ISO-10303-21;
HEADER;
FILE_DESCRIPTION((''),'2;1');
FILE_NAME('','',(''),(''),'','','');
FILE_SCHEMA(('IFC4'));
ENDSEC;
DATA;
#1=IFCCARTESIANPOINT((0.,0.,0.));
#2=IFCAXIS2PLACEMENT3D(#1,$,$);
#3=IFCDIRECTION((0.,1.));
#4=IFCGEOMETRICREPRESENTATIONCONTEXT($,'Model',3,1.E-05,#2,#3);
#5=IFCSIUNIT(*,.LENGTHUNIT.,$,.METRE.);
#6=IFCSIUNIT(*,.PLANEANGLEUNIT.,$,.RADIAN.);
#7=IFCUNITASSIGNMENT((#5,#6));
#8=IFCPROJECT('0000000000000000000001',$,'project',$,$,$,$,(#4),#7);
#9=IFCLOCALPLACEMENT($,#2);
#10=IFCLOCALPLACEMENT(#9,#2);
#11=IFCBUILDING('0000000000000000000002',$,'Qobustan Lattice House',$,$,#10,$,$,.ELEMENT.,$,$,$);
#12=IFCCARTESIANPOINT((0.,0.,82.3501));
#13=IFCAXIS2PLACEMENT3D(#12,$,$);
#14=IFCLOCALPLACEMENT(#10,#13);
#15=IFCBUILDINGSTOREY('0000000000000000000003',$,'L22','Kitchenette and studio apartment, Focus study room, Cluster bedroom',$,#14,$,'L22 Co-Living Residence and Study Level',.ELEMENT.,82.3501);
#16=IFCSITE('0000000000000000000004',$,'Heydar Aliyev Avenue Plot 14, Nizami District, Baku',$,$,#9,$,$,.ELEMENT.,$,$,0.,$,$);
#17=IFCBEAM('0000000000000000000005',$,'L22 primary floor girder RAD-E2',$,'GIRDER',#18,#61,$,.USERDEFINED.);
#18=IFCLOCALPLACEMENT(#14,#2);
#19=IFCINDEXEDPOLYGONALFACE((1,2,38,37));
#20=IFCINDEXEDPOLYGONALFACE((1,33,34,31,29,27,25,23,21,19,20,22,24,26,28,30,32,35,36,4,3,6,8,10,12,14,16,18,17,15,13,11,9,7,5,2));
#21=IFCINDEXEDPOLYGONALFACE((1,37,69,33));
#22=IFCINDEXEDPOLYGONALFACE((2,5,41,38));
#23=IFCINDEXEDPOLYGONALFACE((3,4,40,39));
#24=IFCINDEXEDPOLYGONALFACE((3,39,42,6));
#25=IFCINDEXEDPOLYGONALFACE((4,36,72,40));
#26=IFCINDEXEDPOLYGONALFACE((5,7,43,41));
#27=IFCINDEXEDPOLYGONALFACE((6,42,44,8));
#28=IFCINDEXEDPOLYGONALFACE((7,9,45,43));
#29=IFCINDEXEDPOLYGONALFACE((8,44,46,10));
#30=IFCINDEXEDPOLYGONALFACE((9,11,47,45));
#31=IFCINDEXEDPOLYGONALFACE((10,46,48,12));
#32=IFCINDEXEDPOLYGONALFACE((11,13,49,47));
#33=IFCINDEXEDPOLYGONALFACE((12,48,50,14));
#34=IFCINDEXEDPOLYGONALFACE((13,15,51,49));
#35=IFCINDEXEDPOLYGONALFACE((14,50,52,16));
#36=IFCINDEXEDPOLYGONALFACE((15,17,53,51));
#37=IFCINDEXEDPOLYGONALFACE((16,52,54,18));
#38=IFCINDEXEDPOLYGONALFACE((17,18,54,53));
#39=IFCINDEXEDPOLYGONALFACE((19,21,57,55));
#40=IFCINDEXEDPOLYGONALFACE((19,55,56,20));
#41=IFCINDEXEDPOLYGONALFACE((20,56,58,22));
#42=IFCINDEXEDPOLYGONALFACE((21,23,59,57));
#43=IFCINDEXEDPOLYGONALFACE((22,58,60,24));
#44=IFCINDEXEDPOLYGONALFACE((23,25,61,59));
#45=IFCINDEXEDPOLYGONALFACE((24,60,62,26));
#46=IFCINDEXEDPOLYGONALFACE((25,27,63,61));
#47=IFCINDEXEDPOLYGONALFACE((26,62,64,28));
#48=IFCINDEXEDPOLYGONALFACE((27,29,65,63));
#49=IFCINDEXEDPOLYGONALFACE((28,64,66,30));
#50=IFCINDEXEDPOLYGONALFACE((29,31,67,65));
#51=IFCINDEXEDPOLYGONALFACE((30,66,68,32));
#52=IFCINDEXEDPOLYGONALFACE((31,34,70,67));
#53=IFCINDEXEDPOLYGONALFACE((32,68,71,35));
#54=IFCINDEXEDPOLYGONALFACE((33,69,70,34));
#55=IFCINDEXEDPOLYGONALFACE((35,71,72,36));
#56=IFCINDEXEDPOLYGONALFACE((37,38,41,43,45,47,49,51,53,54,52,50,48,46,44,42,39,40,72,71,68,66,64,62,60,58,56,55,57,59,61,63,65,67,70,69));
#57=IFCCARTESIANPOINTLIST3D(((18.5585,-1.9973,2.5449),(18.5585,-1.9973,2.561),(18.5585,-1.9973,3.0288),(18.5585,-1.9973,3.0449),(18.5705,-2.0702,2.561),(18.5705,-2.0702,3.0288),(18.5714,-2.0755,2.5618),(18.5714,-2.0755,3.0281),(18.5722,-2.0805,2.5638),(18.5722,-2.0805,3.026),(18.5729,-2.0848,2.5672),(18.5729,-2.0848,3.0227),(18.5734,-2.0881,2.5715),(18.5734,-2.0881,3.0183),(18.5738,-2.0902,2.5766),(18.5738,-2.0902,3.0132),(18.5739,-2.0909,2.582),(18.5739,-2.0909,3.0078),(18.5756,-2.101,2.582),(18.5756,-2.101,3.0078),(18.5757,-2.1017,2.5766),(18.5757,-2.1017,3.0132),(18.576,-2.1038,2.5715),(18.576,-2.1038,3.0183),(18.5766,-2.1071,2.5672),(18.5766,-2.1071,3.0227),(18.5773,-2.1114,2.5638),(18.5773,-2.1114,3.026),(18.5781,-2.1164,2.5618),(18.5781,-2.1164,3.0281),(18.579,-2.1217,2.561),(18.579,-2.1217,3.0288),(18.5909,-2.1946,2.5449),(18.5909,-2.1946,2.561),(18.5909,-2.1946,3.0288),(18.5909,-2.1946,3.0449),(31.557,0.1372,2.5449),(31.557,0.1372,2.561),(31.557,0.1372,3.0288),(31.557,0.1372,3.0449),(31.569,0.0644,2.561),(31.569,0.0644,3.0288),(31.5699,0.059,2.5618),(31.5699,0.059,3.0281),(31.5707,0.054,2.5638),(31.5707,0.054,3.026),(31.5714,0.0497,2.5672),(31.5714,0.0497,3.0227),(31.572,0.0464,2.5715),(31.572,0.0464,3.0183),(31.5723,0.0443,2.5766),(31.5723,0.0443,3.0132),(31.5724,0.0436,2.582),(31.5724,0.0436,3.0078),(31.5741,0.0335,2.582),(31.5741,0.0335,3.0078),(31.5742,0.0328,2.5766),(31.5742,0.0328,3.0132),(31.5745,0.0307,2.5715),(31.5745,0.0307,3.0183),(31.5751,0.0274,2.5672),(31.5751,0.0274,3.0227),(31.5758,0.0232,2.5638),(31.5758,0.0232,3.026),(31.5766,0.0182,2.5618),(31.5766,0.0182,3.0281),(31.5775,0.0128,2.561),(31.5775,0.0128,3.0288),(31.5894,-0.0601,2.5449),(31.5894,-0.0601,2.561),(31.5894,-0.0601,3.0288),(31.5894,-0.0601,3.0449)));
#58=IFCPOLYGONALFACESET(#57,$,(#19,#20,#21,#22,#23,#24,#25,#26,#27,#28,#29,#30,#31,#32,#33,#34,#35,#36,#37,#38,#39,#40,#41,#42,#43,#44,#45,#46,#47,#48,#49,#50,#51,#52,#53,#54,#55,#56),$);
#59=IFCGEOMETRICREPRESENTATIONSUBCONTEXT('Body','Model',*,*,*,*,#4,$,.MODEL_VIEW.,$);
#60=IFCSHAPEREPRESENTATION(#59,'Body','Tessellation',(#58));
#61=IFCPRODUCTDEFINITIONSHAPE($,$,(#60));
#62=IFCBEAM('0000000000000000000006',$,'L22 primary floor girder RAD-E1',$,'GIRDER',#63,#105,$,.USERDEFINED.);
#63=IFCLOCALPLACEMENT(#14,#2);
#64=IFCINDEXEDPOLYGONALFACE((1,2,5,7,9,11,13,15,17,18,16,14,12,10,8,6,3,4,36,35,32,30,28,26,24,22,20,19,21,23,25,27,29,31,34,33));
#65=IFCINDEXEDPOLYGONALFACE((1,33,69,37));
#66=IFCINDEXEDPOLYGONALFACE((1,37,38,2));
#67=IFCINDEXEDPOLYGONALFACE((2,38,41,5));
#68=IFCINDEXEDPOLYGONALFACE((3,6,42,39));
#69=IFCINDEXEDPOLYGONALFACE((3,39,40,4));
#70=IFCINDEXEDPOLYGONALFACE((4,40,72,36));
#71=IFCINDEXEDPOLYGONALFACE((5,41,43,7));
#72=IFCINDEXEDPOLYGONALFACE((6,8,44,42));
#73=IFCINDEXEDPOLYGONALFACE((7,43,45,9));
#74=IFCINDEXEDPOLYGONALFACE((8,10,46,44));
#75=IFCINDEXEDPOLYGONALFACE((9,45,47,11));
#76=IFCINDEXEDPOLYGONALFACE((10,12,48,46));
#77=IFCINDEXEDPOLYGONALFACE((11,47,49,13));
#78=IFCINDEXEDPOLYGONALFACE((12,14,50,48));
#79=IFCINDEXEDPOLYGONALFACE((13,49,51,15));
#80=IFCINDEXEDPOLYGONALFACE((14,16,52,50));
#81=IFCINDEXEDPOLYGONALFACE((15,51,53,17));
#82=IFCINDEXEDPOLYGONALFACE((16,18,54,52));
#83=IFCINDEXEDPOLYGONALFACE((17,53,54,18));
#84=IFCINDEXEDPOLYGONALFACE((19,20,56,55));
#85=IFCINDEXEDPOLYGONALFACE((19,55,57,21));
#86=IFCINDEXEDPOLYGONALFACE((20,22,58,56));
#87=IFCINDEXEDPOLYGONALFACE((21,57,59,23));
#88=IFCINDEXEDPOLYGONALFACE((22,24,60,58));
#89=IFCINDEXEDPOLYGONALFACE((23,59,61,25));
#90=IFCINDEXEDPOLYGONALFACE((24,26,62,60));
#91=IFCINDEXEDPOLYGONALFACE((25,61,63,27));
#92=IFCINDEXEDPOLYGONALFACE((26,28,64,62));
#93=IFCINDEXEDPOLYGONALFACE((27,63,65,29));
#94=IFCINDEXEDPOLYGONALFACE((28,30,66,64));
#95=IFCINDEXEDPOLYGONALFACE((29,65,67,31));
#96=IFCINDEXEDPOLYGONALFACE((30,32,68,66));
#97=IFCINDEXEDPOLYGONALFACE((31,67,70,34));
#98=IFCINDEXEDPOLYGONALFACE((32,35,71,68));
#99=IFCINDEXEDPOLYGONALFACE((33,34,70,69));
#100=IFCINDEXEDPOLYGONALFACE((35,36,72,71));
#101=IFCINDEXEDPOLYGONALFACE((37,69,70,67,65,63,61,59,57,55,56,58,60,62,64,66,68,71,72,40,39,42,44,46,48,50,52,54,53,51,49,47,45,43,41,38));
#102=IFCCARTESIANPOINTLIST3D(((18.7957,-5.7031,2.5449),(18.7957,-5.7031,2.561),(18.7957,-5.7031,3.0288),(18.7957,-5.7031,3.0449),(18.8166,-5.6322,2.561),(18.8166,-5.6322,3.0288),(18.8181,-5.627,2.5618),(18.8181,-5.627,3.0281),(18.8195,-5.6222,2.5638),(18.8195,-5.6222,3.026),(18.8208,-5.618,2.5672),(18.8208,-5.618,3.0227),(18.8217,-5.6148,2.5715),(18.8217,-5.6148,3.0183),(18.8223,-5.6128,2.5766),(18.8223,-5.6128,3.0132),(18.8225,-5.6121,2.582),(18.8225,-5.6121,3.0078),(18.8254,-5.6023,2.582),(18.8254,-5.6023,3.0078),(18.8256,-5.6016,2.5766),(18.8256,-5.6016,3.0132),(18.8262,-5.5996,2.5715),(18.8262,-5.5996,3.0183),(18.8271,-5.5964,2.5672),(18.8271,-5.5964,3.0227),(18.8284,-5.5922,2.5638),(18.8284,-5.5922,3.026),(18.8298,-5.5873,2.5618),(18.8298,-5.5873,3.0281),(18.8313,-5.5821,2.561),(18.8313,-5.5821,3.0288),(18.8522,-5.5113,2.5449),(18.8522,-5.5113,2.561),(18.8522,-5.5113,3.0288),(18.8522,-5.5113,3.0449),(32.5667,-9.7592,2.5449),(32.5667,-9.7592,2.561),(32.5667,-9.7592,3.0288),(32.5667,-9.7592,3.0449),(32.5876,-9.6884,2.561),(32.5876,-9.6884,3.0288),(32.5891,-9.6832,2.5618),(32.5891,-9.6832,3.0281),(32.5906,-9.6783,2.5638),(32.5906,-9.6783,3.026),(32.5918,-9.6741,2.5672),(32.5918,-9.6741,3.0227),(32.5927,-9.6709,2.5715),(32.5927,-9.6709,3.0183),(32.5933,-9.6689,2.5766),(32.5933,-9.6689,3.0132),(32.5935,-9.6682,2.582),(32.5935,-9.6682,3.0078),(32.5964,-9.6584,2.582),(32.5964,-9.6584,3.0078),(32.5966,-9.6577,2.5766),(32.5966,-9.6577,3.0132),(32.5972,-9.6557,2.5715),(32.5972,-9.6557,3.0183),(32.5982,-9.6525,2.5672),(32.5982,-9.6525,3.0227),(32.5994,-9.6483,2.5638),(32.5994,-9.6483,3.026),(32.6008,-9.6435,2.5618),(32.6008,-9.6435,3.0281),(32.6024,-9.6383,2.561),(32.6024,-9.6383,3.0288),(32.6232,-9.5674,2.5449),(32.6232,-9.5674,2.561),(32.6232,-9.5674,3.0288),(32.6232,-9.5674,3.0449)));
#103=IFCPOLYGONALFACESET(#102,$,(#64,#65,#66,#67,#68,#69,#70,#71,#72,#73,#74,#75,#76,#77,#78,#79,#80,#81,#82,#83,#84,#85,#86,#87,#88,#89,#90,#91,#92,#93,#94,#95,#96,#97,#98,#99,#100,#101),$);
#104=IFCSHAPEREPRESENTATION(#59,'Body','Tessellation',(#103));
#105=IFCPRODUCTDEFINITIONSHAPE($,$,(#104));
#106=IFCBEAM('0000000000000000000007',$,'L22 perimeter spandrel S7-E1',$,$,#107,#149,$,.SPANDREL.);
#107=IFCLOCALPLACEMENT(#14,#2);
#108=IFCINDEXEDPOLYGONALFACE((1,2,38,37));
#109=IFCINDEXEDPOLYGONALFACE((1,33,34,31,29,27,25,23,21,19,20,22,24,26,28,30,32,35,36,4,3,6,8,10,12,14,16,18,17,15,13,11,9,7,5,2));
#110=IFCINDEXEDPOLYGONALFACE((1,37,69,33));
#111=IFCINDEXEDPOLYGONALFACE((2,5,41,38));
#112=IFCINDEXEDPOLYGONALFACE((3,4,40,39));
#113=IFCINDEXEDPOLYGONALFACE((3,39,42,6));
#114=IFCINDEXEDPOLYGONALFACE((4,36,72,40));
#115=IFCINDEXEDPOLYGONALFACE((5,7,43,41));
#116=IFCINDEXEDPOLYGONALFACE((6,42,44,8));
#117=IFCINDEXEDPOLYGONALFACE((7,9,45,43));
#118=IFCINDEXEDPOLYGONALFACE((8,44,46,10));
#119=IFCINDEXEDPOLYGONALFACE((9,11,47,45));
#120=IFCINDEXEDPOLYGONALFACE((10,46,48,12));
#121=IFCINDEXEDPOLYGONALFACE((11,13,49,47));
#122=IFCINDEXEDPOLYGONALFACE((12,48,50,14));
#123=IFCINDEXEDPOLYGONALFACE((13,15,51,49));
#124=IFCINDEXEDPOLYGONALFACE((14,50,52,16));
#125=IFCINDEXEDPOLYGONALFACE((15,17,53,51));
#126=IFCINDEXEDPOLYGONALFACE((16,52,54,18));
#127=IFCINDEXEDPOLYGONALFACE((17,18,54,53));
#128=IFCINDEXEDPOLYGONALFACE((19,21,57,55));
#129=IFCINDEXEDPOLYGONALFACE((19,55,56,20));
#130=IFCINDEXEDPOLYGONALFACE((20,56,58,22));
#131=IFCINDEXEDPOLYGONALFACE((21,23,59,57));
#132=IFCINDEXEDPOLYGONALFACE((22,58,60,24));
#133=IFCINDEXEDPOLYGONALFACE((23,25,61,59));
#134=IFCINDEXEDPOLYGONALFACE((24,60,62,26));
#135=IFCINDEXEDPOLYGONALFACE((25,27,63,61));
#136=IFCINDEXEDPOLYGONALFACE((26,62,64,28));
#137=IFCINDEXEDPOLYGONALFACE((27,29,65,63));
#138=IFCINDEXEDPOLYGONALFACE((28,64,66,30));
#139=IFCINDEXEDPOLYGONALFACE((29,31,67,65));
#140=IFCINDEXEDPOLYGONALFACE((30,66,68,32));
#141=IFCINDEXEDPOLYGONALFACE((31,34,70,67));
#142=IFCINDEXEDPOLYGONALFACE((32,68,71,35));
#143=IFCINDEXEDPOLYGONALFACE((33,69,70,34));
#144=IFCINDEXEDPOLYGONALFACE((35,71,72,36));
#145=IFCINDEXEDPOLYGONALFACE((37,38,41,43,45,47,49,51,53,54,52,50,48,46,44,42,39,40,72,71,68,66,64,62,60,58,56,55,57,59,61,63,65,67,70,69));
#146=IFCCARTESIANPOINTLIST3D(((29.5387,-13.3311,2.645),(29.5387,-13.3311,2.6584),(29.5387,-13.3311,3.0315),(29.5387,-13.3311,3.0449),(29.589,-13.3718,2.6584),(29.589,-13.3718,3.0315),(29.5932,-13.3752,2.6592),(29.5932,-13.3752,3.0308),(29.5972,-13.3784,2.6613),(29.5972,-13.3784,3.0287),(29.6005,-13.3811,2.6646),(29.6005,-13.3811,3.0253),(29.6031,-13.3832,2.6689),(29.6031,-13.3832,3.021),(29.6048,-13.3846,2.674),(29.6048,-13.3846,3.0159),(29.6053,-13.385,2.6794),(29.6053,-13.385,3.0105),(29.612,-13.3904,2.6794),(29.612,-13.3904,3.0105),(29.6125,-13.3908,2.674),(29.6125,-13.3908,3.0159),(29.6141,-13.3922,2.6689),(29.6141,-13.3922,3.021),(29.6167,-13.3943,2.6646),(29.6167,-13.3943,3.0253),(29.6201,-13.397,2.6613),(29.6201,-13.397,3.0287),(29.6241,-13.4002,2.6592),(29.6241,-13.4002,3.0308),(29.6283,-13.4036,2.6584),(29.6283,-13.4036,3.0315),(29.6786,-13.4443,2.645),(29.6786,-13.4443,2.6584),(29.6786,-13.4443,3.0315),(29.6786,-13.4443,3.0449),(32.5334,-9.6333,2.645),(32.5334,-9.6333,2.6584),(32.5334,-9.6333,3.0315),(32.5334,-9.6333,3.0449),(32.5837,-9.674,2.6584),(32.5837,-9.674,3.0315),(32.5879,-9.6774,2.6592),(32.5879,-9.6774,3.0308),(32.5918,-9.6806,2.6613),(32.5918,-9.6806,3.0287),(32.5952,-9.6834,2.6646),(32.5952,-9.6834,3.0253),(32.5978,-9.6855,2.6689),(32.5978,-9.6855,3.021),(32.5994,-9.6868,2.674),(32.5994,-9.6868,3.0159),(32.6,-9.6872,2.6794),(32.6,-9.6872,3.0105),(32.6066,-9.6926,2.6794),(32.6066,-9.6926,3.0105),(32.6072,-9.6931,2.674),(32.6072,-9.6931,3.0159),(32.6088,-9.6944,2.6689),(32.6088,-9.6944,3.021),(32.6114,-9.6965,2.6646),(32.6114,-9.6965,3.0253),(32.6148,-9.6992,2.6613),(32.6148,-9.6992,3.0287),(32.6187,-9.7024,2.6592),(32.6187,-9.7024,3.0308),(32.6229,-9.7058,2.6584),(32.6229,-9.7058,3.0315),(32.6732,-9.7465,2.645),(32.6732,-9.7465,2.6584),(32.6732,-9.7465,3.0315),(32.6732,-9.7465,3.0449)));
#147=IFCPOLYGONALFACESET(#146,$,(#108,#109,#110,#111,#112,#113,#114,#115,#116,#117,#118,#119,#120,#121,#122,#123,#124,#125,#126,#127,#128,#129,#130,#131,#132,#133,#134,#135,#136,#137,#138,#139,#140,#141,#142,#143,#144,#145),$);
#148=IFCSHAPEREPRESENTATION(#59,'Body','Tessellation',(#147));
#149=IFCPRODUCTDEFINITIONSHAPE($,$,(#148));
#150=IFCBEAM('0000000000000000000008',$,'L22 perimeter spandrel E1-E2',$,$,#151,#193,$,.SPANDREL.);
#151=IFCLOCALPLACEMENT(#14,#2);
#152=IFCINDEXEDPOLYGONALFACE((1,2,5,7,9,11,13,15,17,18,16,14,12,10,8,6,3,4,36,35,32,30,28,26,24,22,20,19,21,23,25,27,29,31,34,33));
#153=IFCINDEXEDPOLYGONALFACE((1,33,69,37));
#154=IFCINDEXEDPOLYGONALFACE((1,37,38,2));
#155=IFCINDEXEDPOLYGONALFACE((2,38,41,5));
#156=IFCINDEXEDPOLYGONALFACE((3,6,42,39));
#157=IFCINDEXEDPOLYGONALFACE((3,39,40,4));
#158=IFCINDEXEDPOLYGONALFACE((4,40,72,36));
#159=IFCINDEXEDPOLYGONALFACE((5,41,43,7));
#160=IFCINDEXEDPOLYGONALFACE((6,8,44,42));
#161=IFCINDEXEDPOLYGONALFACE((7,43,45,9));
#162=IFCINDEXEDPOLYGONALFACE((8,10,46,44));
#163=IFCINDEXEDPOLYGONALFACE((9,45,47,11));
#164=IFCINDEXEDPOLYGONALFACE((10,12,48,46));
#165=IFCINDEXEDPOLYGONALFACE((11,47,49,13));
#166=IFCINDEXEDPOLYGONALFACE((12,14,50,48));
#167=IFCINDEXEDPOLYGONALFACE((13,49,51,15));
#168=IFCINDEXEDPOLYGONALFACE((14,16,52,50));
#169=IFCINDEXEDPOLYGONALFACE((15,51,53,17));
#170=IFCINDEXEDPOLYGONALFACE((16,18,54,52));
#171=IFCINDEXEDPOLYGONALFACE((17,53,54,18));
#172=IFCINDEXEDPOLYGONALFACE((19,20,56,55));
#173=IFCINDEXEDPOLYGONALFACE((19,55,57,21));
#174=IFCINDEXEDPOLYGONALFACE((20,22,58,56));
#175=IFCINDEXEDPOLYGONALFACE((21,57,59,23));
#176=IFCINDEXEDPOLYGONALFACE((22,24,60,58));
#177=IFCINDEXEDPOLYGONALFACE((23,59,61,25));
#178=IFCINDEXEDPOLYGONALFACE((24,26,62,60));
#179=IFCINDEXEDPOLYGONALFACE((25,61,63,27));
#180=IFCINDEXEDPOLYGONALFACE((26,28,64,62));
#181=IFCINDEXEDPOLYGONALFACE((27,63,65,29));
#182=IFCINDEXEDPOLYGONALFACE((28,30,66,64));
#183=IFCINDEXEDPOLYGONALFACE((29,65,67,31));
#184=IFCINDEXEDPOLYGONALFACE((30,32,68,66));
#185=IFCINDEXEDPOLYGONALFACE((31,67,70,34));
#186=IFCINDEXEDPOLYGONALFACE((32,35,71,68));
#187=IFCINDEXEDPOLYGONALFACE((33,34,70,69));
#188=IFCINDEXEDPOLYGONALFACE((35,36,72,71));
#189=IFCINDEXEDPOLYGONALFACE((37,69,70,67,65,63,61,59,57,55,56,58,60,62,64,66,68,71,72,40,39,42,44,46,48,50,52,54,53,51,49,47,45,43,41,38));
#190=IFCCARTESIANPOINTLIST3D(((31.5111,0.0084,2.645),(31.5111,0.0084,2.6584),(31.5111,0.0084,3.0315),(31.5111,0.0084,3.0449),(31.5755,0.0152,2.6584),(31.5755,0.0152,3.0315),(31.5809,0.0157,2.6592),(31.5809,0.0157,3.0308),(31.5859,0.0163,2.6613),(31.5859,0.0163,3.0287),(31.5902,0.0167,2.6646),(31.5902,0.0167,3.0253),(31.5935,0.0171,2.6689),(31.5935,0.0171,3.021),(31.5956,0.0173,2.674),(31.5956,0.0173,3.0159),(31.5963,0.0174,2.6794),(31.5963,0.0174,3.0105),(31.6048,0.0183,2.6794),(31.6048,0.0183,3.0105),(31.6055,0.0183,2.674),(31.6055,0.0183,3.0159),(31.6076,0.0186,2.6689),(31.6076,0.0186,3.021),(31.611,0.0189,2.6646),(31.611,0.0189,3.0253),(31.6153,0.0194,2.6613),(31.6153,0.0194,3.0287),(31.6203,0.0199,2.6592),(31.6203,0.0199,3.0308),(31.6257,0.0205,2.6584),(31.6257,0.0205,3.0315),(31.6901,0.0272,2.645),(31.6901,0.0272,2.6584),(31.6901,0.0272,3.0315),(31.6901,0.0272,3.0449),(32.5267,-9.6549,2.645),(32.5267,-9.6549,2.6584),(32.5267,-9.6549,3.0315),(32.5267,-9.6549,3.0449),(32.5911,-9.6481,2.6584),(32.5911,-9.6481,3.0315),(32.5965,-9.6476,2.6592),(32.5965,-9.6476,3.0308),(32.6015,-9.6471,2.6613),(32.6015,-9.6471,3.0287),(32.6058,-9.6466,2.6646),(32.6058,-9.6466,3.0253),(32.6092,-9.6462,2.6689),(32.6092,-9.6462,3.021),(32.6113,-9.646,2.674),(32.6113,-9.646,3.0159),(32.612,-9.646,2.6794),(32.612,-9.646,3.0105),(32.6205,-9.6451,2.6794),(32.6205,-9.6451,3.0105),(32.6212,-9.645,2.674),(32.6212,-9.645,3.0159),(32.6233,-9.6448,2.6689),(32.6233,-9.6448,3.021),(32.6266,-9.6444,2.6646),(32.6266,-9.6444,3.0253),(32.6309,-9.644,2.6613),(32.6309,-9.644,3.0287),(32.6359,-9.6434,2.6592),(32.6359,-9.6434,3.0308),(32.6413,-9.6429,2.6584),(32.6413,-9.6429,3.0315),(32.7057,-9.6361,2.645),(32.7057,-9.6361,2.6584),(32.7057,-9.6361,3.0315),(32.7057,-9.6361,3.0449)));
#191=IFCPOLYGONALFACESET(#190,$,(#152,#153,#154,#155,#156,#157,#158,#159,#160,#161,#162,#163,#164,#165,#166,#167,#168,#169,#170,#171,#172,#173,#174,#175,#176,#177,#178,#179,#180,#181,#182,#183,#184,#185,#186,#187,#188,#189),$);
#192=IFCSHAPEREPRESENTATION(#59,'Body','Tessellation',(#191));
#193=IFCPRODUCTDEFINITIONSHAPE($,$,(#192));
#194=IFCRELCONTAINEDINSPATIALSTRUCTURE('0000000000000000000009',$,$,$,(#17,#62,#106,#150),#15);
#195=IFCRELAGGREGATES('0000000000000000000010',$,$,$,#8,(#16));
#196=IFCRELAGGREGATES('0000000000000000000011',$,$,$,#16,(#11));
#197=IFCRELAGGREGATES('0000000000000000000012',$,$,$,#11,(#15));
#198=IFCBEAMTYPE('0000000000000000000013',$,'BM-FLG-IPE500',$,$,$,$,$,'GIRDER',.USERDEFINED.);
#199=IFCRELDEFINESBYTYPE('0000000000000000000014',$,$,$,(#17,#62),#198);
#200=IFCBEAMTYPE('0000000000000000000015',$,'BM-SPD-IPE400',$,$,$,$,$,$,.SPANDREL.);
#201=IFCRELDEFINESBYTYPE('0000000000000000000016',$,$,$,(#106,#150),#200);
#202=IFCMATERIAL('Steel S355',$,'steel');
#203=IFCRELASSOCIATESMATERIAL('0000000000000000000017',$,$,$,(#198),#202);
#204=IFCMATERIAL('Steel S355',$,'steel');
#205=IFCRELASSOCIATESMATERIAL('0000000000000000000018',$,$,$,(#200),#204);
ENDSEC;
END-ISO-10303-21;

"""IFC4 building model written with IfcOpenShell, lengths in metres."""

from ifc_helpers import new_model, si_unit, direction, frame, origin, origin_2d, place, context, subcontext, project, spatial, i_section, extrude, material, material_profile, profile_set, type_object, element, save


model = new_model("IFC4")

# Units and contexts
model_context = context("Model", 3, precision=1e-05, world=origin(), true_north=direction((0.0, 1.0)))
body_context = subcontext(model_context, "Body", "Model", "MODEL_VIEW")
ifc_project = project(units=[si_unit("LENGTHUNIT", "METRE"), si_unit("PLANEANGLEUNIT", "RADIAN")], contexts=[model_context])

# Site, building, storey
site_placement = place(None, origin())
site = spatial("IfcSite", under=ifc_project, at=site_placement, Name="Heydar Aliyev Avenue Plot 14, Nizami District, Baku", CompositionType="ELEMENT", RefElevation=0.0)
building_placement = place(site_placement, origin())
building = spatial("IfcBuilding", under=site, at=building_placement, Name="Qobustan Lattice House", CompositionType="ELEMENT")
storey_placement = place(building_placement, frame((0.0, 0.0, 82.3501)))
storey = spatial("IfcBuildingStorey", under=building, at=storey_placement, Name="L22", Description="Kitchenette and studio apartment, Focus study room, Cluster bedroom", LongName="L22 Co-Living Residence and Study Level", CompositionType="ELEMENT", Elevation=82.3501)

# Beams
ifc_material_1 = material(Name="Steel S355", Category="steel")
ifc_material_profile_1 = material_profile(ifc_material_1, i_section(OverallWidth=0.2, OverallDepth=0.5, WebThickness=0.0103, FlangeThickness=0.0161, FilletRadius=0.021, at=origin_2d()), Name="IPE500")
ifc_profile_set_1 = profile_set([ifc_material_profile_1], Name="Steel S355")
beam_type_1 = type_object("IfcBeamType", Name="BM-FLG-IPE500", ElementType="GIRDER", PredefinedType="USERDEFINED", material=ifc_profile_set_1)
beam_1_placement = place(storey_placement, frame((31.5732, 0.0386, 2.7949), z_axis=(-0.986784, -0.162042, 0.0), x_axis=(0.162042, -0.986784, 0.0)))
element("IfcBeam", 1, at=beam_1_placement, inside=storey, type_object=beam_type_1, Name="L22 primary floor girder RAD-E2", ObjectType="GIRDER", PredefinedType="USERDEFINED", context=body_context, shape_type="SweptSolid", body=[
    extrude(i_section(OverallWidth=0.2, OverallDepth=0.5, WebThickness=0.0103, FlangeThickness=0.0161, FilletRadius=0.021, at=origin_2d()), origin(), (0.0, 0.0, 1.0), 13.1726),
])
beam_2_placement = place(storey_placement, frame((32.595, -9.6633, 2.7949), z_axis=(-0.959255, 0.282542, 0.0), x_axis=(-0.282542, -0.959255, 0.0)))
element("IfcBeam", 2, at=beam_2_placement, inside=storey, type_object=beam_type_1, Name="L22 primary floor girder RAD-E1", ObjectType="GIRDER", PredefinedType="USERDEFINED", context=body_context, shape_type="SweptSolid", body=[
    extrude(i_section(OverallWidth=0.2, OverallDepth=0.5, WebThickness=0.0103, FlangeThickness=0.0161, FilletRadius=0.021, at=origin_2d()), origin(), (0.0, 0.0, 1.0), 14.356),
])
ifc_material_2 = material(Name="Steel S355", Category="steel")
ifc_material_profile_2 = material_profile(ifc_material_2, i_section(OverallWidth=0.1799, OverallDepth=0.3999, WebThickness=0.0085, FlangeThickness=0.0134, FilletRadius=0.021, at=origin_2d()), Name="IPE400")
ifc_profile_set_2 = profile_set([ifc_material_profile_2], Name="Steel S355")
beam_type_2 = type_object("IfcBeamType", Name="BM-SPD-IPE400", PredefinedType="SPANDREL", material=ifc_profile_set_2)
beam_3_placement = place(storey_placement, frame((29.6086, -13.3877, 2.845), z_axis=(0.629352, 0.777121, 0.0), x_axis=(-0.777121, 0.629352, 0.0)))
element("IfcBeam", 3, at=beam_3_placement, inside=storey, type_object=beam_type_2, Name="L22 perimeter spandrel S7-E1", PredefinedType="SPANDREL", context=body_context, shape_type="SweptSolid", body=[
    extrude(i_section(OverallWidth=0.1799, OverallDepth=0.3999, WebThickness=0.0085, FlangeThickness=0.0134, FilletRadius=0.021, at=origin_2d()), origin(), (0.0, 0.0, 1.0), 4.7583),
])
for number, where, z_axis, x_axis, name in (
    (4, (32.6162, -9.6455, 2.845), (-0.104525, 0.994522, 0.0), (-0.994522, -0.104525, 0.0), "L22 perimeter spandrel E1-E2"),
):
    element("IfcBeam", number, at=place(storey_placement, frame(where, z_axis=z_axis, x_axis=x_axis)), inside=storey, type_object=beam_type_2, Name=name, PredefinedType="SPANDREL", context=body_context, shape_type="SweptSolid", body=[
        extrude(i_section(OverallWidth=0.1799, OverallDepth=0.3999, WebThickness=0.0085, FlangeThickness=0.0134, FilletRadius=0.021, at=origin_2d()), origin(), (0.0, 0.0, 1.0), 9.7166),
    ])

save(model, "model.ifc")
